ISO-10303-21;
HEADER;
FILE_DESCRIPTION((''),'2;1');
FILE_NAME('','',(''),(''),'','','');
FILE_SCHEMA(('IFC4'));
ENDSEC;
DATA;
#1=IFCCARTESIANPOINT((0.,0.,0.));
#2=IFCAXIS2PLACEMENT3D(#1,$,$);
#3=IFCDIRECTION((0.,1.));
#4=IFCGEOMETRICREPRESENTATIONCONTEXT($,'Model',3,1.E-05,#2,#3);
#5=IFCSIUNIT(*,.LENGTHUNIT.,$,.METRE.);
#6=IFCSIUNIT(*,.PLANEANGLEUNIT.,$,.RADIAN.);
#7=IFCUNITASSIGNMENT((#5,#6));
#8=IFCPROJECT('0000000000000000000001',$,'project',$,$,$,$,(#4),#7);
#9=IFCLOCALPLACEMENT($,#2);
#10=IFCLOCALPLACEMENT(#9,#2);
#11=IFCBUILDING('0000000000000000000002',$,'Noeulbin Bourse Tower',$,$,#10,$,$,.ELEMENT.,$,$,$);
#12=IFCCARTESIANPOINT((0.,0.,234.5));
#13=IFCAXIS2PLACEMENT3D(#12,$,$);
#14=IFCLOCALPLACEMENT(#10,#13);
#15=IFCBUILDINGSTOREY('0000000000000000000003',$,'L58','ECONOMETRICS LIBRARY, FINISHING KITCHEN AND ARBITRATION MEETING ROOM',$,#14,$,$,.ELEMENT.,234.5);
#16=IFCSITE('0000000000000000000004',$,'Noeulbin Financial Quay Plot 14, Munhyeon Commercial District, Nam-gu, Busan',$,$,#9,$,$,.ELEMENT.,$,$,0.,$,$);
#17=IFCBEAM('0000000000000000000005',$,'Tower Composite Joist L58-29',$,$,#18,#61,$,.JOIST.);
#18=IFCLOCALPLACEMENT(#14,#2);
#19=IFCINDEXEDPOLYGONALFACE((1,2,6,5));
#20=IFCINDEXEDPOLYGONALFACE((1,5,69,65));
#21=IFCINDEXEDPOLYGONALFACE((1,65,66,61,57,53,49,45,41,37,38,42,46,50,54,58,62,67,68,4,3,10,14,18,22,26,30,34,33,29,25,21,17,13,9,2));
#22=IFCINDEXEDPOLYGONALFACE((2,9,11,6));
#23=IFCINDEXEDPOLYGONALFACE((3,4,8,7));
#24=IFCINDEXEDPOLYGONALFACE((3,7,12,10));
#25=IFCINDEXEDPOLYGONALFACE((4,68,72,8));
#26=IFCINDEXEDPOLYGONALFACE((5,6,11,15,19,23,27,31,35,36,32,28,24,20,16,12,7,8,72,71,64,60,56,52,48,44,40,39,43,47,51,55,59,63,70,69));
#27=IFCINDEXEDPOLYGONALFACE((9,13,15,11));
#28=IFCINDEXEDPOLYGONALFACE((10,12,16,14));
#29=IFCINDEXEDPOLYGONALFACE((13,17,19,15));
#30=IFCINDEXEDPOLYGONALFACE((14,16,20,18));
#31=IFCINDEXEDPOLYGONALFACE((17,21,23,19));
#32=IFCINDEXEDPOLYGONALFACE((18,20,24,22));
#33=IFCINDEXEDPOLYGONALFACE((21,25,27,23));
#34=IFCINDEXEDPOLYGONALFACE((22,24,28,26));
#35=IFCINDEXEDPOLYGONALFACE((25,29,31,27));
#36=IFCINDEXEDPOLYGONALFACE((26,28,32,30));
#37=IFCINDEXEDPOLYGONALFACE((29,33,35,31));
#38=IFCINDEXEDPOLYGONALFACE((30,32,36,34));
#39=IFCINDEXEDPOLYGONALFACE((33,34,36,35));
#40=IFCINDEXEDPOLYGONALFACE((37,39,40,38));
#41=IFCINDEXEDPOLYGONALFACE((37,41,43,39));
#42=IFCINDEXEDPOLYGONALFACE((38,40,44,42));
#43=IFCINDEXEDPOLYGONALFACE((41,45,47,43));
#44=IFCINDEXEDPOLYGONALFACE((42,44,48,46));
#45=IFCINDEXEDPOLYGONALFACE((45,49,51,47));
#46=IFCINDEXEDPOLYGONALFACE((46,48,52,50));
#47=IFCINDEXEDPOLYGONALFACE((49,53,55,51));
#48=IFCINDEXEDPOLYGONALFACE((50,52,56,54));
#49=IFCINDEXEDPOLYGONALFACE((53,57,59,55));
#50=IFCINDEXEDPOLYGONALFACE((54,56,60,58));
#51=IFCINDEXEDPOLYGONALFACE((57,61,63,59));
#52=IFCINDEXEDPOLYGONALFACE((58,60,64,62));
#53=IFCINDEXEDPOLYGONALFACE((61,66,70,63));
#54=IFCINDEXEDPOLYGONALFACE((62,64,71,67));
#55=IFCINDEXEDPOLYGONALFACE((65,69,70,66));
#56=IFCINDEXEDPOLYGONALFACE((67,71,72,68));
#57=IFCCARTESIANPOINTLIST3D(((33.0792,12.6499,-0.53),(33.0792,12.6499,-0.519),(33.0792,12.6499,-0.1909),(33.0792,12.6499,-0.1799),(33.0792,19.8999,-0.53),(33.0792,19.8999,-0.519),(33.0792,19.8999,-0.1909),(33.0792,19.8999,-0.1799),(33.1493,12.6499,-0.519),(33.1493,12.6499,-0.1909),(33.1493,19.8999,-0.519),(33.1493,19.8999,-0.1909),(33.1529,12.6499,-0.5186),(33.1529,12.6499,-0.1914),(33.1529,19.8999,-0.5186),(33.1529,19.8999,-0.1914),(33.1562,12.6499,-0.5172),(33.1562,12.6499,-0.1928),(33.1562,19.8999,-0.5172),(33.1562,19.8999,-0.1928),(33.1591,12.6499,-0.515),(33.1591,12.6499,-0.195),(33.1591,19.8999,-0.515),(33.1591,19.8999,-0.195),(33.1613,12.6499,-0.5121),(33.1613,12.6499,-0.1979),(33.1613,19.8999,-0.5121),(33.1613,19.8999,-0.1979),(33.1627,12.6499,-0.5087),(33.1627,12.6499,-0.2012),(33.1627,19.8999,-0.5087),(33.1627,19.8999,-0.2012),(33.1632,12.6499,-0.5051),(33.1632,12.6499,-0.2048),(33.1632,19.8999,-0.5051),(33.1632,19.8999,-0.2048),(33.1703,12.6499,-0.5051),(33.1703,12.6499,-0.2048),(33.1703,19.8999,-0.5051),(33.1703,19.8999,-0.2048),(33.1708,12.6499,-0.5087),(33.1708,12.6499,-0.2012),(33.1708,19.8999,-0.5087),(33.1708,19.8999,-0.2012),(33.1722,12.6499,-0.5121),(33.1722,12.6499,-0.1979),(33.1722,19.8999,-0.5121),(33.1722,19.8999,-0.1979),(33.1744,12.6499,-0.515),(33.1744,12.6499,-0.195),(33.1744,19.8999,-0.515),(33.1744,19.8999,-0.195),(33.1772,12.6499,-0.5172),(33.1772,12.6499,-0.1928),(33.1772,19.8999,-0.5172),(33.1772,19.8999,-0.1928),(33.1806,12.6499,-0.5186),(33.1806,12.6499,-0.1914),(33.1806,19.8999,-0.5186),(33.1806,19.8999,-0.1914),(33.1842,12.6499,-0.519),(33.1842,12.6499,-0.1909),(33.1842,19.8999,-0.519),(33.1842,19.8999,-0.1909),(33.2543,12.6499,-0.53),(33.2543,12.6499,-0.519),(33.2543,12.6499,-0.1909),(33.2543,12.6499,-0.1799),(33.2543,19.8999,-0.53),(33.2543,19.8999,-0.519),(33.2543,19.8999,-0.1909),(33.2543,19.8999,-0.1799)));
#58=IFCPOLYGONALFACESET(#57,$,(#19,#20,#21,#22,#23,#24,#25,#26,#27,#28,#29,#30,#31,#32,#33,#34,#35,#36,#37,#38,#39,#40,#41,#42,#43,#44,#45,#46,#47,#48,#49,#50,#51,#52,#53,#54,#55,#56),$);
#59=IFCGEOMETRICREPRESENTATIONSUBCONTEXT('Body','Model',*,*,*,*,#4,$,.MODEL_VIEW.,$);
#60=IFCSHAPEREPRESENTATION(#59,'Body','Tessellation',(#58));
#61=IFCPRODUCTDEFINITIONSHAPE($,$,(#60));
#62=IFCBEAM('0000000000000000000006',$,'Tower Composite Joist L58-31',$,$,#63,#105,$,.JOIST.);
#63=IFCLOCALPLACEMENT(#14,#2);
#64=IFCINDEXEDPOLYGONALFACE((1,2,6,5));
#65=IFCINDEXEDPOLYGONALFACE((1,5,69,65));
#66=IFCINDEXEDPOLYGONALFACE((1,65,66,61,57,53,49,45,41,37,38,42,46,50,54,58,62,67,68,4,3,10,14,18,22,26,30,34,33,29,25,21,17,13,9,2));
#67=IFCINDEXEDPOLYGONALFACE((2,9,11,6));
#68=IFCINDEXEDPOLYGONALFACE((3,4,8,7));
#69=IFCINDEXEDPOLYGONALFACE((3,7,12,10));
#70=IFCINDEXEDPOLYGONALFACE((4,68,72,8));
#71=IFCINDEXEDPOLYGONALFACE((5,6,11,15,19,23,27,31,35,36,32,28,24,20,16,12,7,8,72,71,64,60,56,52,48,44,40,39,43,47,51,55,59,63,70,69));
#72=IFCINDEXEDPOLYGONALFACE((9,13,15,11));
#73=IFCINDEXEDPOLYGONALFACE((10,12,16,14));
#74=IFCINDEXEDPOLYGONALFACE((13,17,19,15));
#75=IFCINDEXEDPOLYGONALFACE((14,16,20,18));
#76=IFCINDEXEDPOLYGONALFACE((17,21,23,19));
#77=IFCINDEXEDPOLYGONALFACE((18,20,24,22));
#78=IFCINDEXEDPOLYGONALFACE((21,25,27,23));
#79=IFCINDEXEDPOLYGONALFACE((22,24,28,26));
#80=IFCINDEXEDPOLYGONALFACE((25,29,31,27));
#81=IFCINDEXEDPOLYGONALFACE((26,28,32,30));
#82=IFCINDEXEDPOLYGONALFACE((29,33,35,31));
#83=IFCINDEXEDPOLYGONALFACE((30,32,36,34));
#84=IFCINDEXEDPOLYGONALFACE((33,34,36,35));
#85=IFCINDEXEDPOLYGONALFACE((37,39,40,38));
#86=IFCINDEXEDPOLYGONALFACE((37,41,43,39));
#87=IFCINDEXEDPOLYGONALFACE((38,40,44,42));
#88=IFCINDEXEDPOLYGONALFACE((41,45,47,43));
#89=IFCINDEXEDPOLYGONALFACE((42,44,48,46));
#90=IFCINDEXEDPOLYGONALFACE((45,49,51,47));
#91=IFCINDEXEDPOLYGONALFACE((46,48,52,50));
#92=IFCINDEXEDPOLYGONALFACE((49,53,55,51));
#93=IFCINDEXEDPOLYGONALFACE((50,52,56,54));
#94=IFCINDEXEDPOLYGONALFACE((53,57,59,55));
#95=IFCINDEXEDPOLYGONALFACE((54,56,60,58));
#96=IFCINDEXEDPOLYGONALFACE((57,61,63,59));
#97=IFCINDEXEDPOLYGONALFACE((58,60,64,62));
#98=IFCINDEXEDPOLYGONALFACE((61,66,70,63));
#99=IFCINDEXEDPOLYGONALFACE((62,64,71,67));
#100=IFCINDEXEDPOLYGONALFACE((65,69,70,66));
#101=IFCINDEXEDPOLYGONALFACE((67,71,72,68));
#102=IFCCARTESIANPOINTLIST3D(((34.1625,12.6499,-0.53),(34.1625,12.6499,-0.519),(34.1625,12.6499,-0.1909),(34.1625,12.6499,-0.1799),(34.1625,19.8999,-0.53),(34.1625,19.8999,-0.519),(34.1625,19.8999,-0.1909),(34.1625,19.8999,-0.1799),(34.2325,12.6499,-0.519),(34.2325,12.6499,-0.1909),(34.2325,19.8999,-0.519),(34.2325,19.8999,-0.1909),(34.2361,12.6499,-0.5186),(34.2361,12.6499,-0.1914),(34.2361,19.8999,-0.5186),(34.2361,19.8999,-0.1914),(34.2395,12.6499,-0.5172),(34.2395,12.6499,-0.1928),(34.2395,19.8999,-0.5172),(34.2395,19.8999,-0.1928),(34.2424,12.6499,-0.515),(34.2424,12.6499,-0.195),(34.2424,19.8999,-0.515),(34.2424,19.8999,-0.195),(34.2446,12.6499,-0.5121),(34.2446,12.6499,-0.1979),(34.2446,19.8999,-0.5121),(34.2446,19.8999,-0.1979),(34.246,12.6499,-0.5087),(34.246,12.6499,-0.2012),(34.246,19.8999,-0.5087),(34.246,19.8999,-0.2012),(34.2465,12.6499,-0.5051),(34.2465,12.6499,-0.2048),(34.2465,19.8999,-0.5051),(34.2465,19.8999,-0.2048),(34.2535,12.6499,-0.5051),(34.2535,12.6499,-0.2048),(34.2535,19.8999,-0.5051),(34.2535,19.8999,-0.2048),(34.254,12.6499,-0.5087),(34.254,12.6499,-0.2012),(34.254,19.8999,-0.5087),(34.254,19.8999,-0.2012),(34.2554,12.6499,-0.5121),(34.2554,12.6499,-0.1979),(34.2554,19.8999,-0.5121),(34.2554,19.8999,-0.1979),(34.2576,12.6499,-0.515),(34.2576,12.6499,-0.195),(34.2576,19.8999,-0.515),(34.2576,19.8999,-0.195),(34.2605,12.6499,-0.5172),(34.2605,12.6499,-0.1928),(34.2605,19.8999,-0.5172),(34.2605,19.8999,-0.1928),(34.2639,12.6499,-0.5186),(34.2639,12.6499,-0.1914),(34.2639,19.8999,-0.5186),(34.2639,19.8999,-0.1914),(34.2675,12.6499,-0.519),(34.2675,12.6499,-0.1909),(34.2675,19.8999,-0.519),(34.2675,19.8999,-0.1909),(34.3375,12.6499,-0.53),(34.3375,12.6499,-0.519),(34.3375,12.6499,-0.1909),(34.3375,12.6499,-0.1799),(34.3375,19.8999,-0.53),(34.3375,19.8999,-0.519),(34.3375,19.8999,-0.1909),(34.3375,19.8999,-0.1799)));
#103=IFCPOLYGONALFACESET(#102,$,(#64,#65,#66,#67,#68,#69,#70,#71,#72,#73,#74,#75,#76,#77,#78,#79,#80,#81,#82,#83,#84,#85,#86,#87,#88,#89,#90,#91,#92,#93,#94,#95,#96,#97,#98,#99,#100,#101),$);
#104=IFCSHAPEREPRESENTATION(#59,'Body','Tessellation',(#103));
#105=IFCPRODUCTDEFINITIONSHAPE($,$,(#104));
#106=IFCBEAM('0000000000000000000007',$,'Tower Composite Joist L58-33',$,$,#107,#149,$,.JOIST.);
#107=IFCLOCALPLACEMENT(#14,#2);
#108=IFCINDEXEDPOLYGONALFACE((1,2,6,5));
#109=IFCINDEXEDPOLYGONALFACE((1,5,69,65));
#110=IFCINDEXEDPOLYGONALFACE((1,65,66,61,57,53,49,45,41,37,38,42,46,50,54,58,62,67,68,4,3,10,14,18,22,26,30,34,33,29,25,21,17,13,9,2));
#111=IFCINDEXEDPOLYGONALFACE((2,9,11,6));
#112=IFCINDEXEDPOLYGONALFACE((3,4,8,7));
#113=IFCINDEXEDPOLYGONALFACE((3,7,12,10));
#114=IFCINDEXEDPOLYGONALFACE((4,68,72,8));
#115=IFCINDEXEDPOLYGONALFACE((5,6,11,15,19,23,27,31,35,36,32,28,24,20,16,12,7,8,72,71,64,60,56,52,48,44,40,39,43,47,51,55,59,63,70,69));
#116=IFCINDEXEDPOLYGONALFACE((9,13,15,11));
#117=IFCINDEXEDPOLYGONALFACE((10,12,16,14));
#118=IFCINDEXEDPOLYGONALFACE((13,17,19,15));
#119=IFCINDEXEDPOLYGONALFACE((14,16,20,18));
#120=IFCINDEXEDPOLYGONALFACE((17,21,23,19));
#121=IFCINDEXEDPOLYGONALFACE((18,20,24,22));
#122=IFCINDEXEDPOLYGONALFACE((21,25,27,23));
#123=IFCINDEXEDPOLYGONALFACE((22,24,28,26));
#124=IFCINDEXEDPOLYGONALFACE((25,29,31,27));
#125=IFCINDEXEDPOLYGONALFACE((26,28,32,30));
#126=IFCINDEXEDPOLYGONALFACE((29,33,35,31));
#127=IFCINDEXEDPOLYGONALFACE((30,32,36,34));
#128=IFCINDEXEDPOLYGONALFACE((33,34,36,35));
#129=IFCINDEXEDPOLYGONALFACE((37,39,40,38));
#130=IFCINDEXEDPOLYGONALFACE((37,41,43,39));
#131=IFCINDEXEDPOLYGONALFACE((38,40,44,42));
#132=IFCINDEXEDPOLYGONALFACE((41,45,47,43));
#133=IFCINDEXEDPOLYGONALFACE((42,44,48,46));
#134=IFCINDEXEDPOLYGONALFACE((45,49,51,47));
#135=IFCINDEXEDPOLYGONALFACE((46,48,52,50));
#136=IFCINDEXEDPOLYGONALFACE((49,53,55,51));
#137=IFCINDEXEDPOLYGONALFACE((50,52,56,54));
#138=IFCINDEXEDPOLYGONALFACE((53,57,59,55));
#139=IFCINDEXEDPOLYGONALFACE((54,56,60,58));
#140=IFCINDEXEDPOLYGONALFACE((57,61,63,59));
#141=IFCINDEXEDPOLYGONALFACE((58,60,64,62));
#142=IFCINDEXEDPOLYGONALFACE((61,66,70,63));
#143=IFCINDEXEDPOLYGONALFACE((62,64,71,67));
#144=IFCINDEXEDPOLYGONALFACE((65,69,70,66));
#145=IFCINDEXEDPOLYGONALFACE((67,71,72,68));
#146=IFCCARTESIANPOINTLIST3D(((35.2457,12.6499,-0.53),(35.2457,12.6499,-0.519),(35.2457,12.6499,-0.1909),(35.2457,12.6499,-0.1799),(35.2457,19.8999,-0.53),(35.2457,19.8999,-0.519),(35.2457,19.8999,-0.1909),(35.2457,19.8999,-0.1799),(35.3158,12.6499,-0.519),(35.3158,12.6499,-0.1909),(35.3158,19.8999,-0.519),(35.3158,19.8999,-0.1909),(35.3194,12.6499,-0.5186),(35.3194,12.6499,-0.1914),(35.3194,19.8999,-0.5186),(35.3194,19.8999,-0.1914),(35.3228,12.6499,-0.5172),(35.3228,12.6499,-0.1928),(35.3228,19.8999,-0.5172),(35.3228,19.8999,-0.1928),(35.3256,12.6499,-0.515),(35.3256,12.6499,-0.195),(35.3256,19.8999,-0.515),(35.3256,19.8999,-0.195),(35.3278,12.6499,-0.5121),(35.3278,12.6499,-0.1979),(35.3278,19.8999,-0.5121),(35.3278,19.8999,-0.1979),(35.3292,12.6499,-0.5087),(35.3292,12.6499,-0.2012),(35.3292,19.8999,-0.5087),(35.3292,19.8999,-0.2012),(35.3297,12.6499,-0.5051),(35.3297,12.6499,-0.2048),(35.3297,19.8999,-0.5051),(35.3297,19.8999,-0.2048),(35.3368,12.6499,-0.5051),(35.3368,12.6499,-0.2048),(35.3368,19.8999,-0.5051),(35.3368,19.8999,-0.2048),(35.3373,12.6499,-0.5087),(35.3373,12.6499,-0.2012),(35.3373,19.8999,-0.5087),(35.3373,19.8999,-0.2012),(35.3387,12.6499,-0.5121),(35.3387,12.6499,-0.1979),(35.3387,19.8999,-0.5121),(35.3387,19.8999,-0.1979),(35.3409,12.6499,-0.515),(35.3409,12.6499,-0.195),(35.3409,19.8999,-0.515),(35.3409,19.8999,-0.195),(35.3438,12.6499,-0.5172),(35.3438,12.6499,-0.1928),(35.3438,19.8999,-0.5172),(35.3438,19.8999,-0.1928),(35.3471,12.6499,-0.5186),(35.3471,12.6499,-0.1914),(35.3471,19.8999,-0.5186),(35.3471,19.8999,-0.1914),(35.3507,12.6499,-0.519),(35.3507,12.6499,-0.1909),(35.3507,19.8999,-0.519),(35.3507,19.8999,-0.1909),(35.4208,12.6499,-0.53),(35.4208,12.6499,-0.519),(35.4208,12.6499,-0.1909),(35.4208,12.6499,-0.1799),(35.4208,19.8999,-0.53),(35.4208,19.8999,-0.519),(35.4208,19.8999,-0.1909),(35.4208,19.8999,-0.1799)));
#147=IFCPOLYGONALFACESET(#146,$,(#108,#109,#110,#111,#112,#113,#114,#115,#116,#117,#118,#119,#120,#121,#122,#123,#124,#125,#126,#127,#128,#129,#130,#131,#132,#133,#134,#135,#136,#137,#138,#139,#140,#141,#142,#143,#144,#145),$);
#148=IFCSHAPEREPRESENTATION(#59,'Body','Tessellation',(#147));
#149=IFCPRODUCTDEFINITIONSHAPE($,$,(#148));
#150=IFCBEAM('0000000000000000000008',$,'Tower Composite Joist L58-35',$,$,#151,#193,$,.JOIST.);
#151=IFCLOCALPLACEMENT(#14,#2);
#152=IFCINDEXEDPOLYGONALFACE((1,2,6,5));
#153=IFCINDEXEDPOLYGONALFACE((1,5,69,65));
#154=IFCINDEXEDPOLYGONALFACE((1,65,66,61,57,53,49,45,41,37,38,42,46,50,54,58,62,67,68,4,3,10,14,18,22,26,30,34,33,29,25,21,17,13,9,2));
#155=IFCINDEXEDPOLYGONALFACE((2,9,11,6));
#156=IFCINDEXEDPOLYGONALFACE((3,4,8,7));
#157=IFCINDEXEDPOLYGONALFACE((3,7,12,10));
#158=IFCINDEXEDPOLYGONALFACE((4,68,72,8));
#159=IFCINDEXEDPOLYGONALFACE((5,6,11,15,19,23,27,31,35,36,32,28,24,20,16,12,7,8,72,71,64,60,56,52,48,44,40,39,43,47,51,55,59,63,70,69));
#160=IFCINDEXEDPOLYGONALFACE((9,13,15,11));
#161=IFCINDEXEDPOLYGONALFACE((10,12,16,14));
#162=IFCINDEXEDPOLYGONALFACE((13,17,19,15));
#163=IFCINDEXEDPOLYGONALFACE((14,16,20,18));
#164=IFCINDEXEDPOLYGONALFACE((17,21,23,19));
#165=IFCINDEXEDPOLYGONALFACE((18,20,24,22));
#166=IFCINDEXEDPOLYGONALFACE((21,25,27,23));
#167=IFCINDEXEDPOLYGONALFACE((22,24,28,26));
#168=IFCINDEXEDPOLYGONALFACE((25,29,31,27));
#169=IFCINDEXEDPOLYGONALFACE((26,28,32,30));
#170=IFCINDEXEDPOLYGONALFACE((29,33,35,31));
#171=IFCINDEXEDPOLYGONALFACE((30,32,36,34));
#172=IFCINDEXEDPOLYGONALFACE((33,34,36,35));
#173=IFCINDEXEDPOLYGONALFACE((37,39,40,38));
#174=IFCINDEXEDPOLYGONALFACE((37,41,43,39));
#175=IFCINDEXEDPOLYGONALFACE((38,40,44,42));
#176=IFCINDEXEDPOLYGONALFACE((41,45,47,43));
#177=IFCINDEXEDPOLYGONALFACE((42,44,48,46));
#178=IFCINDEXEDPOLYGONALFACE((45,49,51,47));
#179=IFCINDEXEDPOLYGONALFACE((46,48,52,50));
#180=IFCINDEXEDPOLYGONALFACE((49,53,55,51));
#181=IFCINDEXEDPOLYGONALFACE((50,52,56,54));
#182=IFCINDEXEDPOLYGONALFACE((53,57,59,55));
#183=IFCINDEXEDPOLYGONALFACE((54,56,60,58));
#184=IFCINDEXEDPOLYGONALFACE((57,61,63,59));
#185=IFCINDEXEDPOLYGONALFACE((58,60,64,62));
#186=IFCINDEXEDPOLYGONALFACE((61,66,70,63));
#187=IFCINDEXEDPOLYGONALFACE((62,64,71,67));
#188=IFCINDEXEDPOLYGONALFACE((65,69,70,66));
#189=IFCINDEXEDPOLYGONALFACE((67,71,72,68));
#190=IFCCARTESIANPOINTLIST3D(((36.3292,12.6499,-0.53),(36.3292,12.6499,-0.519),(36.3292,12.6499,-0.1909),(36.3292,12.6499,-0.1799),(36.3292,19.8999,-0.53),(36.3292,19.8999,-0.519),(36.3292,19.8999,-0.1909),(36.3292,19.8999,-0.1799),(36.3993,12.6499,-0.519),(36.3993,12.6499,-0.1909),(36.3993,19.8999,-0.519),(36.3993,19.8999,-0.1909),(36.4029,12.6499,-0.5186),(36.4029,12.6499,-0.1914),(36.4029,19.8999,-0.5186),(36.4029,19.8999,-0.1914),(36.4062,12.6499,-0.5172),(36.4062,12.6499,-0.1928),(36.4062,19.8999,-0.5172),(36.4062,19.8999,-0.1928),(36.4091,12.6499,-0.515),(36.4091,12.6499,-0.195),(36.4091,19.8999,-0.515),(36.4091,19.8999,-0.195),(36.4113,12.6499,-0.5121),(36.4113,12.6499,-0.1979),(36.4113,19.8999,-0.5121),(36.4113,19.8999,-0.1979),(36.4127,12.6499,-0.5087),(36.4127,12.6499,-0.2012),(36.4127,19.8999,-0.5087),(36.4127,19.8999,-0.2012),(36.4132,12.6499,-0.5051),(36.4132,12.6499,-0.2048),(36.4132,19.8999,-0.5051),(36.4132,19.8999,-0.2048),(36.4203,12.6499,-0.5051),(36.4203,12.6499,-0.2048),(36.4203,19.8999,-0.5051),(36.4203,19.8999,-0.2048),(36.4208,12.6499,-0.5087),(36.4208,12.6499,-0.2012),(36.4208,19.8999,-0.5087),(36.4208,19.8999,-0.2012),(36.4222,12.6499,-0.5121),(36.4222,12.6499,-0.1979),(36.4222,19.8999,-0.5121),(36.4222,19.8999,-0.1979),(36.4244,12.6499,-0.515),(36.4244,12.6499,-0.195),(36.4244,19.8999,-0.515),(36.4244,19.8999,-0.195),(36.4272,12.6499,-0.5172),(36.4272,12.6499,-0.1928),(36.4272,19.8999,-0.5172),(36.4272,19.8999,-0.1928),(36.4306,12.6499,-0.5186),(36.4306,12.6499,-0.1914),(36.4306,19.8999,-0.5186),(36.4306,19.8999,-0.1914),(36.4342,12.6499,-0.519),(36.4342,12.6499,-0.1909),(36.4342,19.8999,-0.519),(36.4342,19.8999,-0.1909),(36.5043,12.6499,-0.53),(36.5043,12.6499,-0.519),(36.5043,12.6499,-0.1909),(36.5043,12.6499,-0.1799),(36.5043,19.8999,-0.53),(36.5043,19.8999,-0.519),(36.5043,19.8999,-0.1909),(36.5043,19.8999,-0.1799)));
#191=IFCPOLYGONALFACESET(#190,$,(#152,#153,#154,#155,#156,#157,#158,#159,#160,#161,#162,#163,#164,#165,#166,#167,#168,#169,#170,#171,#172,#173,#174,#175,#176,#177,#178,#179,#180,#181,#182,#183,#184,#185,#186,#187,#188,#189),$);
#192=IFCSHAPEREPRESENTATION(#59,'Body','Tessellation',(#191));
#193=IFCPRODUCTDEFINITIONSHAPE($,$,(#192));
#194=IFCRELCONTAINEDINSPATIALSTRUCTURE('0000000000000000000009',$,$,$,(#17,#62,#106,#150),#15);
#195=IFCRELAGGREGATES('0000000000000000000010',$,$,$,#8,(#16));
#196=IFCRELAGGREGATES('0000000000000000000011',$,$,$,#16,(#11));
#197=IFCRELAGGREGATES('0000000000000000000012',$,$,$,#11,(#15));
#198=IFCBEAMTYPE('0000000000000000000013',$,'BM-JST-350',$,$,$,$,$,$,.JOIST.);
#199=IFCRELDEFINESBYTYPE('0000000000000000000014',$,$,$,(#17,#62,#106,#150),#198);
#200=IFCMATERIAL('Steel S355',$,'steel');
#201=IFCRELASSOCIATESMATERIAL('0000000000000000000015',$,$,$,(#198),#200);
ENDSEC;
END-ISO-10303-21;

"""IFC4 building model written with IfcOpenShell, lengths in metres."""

from ifc_helpers import new_model, si_unit, direction, frame, origin, origin_2d, place, context, subcontext, project, spatial, i_section, extrude, material, material_profile, profile_set, type_object, element, save


model = new_model("IFC4")

# Units and contexts
model_context = context("Model", 3, precision=1e-05, world=origin(), true_north=direction((0.0, 1.0)))
body_context = subcontext(model_context, "Body", "Model", "MODEL_VIEW")
ifc_project = project(units=[si_unit("LENGTHUNIT", "METRE"), si_unit("PLANEANGLEUNIT", "RADIAN")], contexts=[model_context])

# Site, building, storey
site_placement = place(None, origin())
site = spatial("IfcSite", under=ifc_project, at=site_placement, Name="Noeulbin Financial Quay Plot 14, Munhyeon Commercial District, Nam-gu, Busan", CompositionType="ELEMENT", RefElevation=0.0)
building_placement = place(site_placement, origin())
building = spatial("IfcBuilding", under=site, at=building_placement, Name="Noeulbin Bourse Tower", CompositionType="ELEMENT")
storey_placement = place(building_placement, frame((0.0, 0.0, 234.5)))
storey = spatial("IfcBuildingStorey", under=building, at=storey_placement, Name="L58", Description="ECONOMETRICS LIBRARY, FINISHING KITCHEN AND ARBITRATION MEETING ROOM", CompositionType="ELEMENT", Elevation=234.5)

# Shared definitions
ifc_material_1 = material(Name="Steel S355", Category="steel")

# Beams
ifc_material_profile_1 = material_profile(ifc_material_1, i_section(OverallWidth=0.175, OverallDepth=0.3501, WebThickness=0.0071, FlangeThickness=0.011, FilletRadius=0.0139, at=origin_2d()), Name="H-350x175x7x11", Category="LoadBearing")
ifc_profile_set_1 = profile_set([ifc_material_profile_1], Name="Steel S355")
beam_type_1 = type_object("IfcBeamType", Name="BM-JST-350", PredefinedType="JOIST", material=ifc_profile_set_1)
for number, where, z_axis, x_axis, name in (
    (1, (33.1667, 12.6499, -0.355), (0.0, 1.0, 0.0), (-1.0, 0.0, 0.0), "Tower Composite Joist L58-29"),
    (2, (34.25, 12.6499, -0.355), (0.0, 1.0, 0.0), (-1.0, 0.0, 0.0), "Tower Composite Joist L58-31"),
    (3, (35.3333, 12.6499, -0.355), (0.0, 1.0, 0.0), (-1.0, 0.0, 0.0), "Tower Composite Joist L58-33"),
    (4, (36.4167, 12.6499, -0.355), (0.0, 1.0, 0.0), (-1.0, 0.0, 0.0), "Tower Composite Joist L58-35"),
):
    element("IfcBeam", number, at=place(storey_placement, frame(where, z_axis=z_axis, x_axis=x_axis)), inside=storey, type_object=beam_type_1, Name=name, PredefinedType="JOIST", context=body_context, shape_type="SweptSolid", body=[
        extrude(i_section(OverallWidth=0.175, OverallDepth=0.3501, WebThickness=0.0071, FlangeThickness=0.011, FilletRadius=0.0139, at=origin_2d()), origin(), (0.0, 0.0, 1.0), 7.25),
    ])

save(model, "model.ifc")
